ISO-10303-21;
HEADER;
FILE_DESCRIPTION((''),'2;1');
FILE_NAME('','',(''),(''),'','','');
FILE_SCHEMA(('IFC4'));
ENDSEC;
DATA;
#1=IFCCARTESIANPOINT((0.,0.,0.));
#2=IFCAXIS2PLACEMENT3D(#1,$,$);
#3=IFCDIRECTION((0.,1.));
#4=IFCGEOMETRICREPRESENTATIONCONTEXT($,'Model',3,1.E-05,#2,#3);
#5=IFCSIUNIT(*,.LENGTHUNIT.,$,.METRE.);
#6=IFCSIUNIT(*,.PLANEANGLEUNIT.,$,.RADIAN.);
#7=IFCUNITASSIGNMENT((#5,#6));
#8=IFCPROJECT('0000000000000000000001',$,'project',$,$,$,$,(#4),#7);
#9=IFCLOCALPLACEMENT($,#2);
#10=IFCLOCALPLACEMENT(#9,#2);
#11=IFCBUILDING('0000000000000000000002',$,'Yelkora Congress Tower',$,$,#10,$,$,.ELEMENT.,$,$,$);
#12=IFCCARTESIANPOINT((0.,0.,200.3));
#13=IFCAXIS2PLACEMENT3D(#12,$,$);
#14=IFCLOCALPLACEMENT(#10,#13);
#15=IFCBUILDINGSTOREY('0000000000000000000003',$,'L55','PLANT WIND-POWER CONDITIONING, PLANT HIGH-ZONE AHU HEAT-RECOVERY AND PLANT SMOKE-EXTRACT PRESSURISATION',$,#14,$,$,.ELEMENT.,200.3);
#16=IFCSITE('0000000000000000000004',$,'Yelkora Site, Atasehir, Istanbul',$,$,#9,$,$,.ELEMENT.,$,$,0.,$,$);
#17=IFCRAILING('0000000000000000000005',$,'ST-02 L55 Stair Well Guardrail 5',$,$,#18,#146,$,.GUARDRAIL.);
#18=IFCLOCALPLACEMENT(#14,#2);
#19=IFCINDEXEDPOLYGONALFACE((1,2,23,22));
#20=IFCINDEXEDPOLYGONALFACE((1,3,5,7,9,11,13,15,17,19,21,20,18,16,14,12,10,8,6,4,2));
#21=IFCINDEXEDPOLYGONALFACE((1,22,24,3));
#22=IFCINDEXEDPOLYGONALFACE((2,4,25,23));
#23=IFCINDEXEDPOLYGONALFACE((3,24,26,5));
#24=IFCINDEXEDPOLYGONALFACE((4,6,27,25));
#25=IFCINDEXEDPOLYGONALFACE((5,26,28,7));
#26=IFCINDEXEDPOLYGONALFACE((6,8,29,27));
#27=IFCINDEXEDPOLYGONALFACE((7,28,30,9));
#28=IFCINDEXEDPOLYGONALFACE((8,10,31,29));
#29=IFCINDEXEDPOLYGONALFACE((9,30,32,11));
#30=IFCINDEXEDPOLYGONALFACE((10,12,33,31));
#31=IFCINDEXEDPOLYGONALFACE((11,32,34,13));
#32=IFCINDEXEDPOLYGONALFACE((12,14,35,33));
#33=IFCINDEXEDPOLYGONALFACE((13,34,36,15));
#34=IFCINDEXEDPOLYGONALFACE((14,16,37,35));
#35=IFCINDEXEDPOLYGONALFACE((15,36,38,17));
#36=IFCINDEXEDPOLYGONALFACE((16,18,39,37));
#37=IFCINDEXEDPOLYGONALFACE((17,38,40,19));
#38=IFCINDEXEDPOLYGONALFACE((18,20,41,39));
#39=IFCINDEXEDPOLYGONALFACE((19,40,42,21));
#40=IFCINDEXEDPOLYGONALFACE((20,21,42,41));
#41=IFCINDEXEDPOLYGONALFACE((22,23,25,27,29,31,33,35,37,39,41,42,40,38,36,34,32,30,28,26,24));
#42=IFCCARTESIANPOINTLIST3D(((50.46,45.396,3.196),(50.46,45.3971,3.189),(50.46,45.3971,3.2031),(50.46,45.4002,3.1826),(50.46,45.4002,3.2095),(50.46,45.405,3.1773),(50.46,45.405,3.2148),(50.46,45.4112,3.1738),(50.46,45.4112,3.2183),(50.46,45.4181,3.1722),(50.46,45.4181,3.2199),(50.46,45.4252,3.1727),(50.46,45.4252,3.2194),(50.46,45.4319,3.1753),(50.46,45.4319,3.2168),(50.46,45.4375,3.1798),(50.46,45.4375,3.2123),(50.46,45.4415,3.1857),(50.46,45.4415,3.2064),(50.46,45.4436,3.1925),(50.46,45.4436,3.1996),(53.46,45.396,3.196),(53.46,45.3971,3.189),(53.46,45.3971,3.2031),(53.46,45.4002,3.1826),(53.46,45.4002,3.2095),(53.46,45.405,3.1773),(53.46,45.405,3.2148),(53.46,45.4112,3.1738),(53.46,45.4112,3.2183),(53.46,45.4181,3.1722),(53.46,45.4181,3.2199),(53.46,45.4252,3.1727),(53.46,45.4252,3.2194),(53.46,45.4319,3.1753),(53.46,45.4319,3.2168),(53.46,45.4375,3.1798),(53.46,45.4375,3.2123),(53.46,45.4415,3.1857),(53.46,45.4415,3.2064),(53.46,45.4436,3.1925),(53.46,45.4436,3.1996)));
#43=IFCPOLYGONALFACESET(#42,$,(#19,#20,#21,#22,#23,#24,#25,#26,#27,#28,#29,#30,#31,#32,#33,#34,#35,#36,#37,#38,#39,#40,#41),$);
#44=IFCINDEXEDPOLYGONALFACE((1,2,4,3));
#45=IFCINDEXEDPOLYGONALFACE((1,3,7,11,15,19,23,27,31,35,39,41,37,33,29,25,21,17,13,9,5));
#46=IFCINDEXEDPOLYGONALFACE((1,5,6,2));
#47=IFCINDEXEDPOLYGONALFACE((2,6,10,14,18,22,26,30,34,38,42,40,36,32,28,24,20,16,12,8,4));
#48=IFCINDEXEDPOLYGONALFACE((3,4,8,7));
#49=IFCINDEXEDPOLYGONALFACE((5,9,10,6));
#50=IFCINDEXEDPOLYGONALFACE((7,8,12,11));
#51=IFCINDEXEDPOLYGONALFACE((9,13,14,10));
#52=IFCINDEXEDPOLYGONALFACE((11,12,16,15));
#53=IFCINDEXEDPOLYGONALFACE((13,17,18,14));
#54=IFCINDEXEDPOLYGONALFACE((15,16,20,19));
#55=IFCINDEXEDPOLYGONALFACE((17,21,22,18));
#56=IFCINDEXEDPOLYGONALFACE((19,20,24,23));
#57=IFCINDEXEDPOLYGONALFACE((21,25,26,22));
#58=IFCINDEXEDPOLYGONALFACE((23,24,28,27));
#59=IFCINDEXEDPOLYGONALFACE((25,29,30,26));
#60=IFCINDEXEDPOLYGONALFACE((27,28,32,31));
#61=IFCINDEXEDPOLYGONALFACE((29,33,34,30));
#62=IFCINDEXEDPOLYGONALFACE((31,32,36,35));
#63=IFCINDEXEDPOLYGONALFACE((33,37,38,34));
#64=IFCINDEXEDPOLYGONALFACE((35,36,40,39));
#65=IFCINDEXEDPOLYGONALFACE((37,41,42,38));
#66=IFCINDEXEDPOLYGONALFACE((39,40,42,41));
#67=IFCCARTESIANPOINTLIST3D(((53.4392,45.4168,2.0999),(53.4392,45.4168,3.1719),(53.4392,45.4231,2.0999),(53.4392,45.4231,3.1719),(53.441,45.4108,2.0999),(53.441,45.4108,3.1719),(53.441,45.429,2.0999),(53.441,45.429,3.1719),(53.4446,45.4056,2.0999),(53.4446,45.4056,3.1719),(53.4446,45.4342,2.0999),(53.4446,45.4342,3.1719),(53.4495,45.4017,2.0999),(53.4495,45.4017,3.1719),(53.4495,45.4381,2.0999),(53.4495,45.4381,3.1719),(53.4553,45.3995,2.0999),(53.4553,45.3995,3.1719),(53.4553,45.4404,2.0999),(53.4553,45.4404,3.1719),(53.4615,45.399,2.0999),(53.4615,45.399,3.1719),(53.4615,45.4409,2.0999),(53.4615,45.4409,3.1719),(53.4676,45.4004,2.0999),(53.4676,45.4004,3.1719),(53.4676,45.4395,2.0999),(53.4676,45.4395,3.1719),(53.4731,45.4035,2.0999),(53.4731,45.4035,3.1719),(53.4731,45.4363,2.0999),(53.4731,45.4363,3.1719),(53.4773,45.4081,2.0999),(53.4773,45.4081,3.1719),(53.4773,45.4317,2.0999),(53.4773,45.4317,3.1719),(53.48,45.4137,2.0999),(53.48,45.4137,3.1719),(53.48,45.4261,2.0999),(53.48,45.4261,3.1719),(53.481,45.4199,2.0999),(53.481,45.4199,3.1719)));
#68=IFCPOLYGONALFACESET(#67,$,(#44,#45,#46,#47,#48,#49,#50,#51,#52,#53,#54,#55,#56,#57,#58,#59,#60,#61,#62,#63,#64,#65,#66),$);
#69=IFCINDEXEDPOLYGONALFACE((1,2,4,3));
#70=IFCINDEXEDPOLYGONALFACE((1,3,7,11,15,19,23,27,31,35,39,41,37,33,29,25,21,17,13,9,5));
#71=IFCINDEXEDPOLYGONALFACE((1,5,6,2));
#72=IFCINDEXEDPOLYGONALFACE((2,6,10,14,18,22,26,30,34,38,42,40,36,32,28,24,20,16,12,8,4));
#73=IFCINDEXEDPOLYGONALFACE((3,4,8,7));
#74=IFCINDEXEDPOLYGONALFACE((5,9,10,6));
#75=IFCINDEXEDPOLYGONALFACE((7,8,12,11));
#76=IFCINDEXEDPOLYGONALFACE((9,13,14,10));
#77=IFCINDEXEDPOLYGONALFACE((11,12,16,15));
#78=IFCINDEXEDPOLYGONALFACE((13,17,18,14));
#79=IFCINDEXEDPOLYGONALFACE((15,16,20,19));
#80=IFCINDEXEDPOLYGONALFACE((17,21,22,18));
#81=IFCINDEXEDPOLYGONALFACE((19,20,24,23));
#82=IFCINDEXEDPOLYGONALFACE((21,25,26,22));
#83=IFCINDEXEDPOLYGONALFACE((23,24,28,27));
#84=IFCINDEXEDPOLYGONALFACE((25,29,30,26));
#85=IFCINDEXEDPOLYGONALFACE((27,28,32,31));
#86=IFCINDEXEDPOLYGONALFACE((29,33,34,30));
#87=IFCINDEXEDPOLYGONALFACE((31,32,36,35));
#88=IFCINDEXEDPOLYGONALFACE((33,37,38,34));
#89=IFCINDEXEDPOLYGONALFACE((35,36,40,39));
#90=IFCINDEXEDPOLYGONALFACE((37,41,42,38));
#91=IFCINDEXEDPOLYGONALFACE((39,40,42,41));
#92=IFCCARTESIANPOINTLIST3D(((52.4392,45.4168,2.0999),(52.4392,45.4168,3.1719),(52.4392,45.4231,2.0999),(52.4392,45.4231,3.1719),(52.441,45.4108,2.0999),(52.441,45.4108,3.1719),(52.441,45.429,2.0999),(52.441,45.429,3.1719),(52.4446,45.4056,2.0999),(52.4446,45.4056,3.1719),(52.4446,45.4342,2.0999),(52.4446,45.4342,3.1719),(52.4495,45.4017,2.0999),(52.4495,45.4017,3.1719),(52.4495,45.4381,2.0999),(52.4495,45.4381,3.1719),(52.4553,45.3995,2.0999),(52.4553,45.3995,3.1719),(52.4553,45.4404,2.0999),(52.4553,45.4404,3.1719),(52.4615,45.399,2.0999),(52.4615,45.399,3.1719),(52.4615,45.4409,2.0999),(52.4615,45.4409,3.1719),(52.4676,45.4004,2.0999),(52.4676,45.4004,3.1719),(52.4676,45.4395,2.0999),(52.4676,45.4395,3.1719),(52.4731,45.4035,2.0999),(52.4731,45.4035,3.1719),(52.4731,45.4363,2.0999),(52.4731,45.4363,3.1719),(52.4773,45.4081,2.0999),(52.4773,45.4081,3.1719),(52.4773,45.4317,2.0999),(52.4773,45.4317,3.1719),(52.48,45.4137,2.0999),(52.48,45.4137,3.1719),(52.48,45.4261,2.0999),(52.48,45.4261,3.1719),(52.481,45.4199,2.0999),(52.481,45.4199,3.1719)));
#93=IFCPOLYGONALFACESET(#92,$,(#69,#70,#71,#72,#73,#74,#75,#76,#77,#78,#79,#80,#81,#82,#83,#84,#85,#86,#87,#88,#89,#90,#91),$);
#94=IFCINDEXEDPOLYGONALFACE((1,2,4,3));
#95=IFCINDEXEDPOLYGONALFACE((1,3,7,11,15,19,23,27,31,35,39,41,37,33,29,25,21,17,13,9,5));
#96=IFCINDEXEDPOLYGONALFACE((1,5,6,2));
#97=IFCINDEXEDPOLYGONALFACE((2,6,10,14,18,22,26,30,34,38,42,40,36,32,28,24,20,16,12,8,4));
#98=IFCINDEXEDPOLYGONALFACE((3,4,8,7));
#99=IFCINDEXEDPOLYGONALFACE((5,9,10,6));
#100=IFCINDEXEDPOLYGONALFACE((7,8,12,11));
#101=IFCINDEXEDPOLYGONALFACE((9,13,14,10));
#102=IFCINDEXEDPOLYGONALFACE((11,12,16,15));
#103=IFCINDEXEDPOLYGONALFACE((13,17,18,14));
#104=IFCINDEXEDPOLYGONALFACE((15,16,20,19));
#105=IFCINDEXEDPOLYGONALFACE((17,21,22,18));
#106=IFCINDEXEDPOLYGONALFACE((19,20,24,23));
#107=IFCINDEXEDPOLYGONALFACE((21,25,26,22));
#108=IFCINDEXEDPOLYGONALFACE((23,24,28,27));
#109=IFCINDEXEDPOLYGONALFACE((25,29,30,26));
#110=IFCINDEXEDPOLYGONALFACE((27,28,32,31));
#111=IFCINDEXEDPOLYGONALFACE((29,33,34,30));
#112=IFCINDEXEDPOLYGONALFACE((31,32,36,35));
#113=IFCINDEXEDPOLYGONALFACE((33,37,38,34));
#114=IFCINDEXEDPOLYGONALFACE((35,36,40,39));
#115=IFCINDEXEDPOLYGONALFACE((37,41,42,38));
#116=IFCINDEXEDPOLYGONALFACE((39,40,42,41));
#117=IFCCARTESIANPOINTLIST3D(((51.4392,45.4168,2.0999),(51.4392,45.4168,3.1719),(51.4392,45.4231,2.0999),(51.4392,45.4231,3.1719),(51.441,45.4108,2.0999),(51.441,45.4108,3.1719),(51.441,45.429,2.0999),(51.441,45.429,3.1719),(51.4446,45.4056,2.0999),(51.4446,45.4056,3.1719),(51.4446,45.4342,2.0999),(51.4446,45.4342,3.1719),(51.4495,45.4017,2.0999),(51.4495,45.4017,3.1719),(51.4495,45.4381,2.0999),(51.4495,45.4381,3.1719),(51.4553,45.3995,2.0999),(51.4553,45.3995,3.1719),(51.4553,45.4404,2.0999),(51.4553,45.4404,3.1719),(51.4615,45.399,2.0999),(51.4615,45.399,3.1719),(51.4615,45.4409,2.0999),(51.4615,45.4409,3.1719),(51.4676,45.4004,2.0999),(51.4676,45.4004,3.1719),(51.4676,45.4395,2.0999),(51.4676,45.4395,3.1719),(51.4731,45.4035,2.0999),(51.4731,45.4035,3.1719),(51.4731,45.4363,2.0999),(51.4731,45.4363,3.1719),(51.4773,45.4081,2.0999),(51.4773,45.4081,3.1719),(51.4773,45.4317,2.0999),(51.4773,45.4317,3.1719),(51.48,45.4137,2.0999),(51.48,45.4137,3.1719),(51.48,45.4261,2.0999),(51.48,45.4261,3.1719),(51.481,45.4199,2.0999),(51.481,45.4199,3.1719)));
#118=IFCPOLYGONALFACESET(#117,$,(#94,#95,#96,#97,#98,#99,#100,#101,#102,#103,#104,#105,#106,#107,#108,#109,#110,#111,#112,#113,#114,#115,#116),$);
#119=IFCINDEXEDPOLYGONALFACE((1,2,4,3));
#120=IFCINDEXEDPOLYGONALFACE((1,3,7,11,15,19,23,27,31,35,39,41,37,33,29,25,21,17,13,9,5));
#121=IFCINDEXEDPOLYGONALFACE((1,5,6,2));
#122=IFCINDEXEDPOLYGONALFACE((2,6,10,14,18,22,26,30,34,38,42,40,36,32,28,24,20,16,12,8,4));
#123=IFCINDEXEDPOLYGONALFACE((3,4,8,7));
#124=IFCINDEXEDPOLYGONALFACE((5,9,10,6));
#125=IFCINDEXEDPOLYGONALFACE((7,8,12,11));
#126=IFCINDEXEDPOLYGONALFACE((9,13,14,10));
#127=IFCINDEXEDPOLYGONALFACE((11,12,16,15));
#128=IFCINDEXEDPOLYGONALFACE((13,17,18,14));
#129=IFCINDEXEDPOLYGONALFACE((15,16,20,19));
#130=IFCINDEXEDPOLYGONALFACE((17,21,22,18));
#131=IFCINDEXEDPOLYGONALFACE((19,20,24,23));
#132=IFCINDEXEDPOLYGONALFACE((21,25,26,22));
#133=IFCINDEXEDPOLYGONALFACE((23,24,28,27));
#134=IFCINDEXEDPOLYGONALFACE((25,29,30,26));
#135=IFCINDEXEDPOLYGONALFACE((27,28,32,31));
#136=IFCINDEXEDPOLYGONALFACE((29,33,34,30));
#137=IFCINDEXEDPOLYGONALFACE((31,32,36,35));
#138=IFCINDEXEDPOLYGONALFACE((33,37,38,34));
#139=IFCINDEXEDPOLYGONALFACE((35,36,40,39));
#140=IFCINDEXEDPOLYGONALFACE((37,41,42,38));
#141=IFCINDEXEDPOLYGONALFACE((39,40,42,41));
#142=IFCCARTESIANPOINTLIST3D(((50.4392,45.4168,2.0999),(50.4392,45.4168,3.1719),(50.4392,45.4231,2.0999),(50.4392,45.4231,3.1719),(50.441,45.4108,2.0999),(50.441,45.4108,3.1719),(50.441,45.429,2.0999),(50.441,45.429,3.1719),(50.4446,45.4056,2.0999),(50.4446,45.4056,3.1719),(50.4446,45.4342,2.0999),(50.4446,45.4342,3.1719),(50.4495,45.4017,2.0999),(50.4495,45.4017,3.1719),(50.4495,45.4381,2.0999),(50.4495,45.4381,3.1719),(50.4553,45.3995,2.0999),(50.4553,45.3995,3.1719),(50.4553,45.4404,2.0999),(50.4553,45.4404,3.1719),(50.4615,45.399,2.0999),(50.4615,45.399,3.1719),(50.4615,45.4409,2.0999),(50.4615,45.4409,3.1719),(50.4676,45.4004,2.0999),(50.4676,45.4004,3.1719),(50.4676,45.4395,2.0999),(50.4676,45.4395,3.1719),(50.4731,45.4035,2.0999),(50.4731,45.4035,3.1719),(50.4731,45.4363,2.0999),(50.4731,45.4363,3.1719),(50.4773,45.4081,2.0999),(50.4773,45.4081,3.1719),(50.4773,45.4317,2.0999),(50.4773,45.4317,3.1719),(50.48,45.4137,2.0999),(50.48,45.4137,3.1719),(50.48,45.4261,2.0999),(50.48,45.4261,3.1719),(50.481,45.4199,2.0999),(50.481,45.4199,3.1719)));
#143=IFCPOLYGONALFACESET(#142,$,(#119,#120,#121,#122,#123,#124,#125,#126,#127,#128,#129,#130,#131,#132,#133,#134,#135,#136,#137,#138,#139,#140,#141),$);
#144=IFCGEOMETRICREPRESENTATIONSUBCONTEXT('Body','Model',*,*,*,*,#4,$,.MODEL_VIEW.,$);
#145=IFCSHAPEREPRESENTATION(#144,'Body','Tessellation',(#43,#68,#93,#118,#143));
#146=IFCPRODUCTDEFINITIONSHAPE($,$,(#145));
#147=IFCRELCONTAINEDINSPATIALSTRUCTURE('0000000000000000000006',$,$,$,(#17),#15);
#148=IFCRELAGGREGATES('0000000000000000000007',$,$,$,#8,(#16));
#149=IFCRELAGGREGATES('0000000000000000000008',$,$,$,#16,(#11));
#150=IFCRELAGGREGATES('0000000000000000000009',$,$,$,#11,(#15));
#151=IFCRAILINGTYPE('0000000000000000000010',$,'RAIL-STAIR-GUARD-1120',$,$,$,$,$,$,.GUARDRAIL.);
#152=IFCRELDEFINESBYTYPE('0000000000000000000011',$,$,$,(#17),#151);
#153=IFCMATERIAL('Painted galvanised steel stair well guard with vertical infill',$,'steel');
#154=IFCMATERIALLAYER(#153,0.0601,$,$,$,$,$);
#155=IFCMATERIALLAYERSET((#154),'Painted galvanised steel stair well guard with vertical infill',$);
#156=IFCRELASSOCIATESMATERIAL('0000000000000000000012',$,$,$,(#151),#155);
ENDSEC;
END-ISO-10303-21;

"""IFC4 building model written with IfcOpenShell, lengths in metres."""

from ifc_helpers import new_model, si_unit, direction, frame, origin, origin_2d, place, context, subcontext, project, spatial, circle, extrude, material, layer, layer_set, type_object, element, save


model = new_model("IFC4")

# Units and contexts
model_context = context("Model", 3, precision=1e-05, world=origin(), true_north=direction((0.0, 1.0)))
body_context = subcontext(model_context, "Body", "Model", "MODEL_VIEW")
ifc_project = project(units=[si_unit("LENGTHUNIT", "METRE"), si_unit("PLANEANGLEUNIT", "RADIAN")], contexts=[model_context])

# Site, building, storey
site_placement = place(None, origin())
site = spatial("IfcSite", under=ifc_project, at=site_placement, Name="Yelkora Site, Atasehir, Istanbul", CompositionType="ELEMENT", RefElevation=0.0)
building_placement = place(site_placement, origin())
building = spatial("IfcBuilding", under=site, at=building_placement, Name="Yelkora Congress Tower", CompositionType="ELEMENT")
storey_placement = place(building_placement, frame((0.0, 0.0, 200.3)))
storey = spatial("IfcBuildingStorey", under=building, at=storey_placement, Name="L55", Description="PLANT WIND-POWER CONDITIONING, PLANT HIGH-ZONE AHU HEAT-RECOVERY AND PLANT SMOKE-EXTRACT PRESSURISATION", CompositionType="ELEMENT", Elevation=200.3)

# Railing
ifc_material_1 = material(Name="Painted galvanised steel stair well guard with vertical infill", Category="steel")
ifc_layer_1 = layer(ifc_material_1, 0.0601)
ifc_layer_set_1 = layer_set([ifc_layer_1], Name="Painted galvanised steel stair well guard with vertical infill")
railing_type_1 = type_object("IfcRailingType", Name="RAIL-STAIR-GUARD-1120", PredefinedType="GUARDRAIL", material=ifc_layer_set_1)
railing_1_placement = place(storey_placement, frame((53.46, 45.4199, 2.0999)))
element("IfcRailing", 1, at=railing_1_placement, inside=storey, type_object=railing_type_1, Name="ST-02 L55 Stair Well Guardrail 5", PredefinedType="GUARDRAIL", context=body_context, shape_type="SweptSolid", body=[
    extrude(circle(Radius=0.0239, at=origin_2d()), frame((0.0, 0.0, 1.0962), z_axis=(-1.0, 0.0, 0.0), x_axis=(0.0, -1.0, 0.0)), (0.0, 0.0, 1.0), 3.0),
    extrude(circle(Radius=0.021, at=origin_2d()), origin(), (0.0, 0.0, 1.0), 1.072),
    extrude(circle(Radius=0.021, at=origin_2d()), frame((-1.0, 0.0, 0.0)), (0.0, 0.0, 1.0), 1.072),
    extrude(circle(Radius=0.021, at=origin_2d()), frame((-2.0, 0.0, 0.0)), (0.0, 0.0, 1.0), 1.072),
    extrude(circle(Radius=0.021, at=origin_2d()), frame((-3.0, 0.0, 0.0)), (0.0, 0.0, 1.0), 1.072),
])

save(model, "model.ifc")
